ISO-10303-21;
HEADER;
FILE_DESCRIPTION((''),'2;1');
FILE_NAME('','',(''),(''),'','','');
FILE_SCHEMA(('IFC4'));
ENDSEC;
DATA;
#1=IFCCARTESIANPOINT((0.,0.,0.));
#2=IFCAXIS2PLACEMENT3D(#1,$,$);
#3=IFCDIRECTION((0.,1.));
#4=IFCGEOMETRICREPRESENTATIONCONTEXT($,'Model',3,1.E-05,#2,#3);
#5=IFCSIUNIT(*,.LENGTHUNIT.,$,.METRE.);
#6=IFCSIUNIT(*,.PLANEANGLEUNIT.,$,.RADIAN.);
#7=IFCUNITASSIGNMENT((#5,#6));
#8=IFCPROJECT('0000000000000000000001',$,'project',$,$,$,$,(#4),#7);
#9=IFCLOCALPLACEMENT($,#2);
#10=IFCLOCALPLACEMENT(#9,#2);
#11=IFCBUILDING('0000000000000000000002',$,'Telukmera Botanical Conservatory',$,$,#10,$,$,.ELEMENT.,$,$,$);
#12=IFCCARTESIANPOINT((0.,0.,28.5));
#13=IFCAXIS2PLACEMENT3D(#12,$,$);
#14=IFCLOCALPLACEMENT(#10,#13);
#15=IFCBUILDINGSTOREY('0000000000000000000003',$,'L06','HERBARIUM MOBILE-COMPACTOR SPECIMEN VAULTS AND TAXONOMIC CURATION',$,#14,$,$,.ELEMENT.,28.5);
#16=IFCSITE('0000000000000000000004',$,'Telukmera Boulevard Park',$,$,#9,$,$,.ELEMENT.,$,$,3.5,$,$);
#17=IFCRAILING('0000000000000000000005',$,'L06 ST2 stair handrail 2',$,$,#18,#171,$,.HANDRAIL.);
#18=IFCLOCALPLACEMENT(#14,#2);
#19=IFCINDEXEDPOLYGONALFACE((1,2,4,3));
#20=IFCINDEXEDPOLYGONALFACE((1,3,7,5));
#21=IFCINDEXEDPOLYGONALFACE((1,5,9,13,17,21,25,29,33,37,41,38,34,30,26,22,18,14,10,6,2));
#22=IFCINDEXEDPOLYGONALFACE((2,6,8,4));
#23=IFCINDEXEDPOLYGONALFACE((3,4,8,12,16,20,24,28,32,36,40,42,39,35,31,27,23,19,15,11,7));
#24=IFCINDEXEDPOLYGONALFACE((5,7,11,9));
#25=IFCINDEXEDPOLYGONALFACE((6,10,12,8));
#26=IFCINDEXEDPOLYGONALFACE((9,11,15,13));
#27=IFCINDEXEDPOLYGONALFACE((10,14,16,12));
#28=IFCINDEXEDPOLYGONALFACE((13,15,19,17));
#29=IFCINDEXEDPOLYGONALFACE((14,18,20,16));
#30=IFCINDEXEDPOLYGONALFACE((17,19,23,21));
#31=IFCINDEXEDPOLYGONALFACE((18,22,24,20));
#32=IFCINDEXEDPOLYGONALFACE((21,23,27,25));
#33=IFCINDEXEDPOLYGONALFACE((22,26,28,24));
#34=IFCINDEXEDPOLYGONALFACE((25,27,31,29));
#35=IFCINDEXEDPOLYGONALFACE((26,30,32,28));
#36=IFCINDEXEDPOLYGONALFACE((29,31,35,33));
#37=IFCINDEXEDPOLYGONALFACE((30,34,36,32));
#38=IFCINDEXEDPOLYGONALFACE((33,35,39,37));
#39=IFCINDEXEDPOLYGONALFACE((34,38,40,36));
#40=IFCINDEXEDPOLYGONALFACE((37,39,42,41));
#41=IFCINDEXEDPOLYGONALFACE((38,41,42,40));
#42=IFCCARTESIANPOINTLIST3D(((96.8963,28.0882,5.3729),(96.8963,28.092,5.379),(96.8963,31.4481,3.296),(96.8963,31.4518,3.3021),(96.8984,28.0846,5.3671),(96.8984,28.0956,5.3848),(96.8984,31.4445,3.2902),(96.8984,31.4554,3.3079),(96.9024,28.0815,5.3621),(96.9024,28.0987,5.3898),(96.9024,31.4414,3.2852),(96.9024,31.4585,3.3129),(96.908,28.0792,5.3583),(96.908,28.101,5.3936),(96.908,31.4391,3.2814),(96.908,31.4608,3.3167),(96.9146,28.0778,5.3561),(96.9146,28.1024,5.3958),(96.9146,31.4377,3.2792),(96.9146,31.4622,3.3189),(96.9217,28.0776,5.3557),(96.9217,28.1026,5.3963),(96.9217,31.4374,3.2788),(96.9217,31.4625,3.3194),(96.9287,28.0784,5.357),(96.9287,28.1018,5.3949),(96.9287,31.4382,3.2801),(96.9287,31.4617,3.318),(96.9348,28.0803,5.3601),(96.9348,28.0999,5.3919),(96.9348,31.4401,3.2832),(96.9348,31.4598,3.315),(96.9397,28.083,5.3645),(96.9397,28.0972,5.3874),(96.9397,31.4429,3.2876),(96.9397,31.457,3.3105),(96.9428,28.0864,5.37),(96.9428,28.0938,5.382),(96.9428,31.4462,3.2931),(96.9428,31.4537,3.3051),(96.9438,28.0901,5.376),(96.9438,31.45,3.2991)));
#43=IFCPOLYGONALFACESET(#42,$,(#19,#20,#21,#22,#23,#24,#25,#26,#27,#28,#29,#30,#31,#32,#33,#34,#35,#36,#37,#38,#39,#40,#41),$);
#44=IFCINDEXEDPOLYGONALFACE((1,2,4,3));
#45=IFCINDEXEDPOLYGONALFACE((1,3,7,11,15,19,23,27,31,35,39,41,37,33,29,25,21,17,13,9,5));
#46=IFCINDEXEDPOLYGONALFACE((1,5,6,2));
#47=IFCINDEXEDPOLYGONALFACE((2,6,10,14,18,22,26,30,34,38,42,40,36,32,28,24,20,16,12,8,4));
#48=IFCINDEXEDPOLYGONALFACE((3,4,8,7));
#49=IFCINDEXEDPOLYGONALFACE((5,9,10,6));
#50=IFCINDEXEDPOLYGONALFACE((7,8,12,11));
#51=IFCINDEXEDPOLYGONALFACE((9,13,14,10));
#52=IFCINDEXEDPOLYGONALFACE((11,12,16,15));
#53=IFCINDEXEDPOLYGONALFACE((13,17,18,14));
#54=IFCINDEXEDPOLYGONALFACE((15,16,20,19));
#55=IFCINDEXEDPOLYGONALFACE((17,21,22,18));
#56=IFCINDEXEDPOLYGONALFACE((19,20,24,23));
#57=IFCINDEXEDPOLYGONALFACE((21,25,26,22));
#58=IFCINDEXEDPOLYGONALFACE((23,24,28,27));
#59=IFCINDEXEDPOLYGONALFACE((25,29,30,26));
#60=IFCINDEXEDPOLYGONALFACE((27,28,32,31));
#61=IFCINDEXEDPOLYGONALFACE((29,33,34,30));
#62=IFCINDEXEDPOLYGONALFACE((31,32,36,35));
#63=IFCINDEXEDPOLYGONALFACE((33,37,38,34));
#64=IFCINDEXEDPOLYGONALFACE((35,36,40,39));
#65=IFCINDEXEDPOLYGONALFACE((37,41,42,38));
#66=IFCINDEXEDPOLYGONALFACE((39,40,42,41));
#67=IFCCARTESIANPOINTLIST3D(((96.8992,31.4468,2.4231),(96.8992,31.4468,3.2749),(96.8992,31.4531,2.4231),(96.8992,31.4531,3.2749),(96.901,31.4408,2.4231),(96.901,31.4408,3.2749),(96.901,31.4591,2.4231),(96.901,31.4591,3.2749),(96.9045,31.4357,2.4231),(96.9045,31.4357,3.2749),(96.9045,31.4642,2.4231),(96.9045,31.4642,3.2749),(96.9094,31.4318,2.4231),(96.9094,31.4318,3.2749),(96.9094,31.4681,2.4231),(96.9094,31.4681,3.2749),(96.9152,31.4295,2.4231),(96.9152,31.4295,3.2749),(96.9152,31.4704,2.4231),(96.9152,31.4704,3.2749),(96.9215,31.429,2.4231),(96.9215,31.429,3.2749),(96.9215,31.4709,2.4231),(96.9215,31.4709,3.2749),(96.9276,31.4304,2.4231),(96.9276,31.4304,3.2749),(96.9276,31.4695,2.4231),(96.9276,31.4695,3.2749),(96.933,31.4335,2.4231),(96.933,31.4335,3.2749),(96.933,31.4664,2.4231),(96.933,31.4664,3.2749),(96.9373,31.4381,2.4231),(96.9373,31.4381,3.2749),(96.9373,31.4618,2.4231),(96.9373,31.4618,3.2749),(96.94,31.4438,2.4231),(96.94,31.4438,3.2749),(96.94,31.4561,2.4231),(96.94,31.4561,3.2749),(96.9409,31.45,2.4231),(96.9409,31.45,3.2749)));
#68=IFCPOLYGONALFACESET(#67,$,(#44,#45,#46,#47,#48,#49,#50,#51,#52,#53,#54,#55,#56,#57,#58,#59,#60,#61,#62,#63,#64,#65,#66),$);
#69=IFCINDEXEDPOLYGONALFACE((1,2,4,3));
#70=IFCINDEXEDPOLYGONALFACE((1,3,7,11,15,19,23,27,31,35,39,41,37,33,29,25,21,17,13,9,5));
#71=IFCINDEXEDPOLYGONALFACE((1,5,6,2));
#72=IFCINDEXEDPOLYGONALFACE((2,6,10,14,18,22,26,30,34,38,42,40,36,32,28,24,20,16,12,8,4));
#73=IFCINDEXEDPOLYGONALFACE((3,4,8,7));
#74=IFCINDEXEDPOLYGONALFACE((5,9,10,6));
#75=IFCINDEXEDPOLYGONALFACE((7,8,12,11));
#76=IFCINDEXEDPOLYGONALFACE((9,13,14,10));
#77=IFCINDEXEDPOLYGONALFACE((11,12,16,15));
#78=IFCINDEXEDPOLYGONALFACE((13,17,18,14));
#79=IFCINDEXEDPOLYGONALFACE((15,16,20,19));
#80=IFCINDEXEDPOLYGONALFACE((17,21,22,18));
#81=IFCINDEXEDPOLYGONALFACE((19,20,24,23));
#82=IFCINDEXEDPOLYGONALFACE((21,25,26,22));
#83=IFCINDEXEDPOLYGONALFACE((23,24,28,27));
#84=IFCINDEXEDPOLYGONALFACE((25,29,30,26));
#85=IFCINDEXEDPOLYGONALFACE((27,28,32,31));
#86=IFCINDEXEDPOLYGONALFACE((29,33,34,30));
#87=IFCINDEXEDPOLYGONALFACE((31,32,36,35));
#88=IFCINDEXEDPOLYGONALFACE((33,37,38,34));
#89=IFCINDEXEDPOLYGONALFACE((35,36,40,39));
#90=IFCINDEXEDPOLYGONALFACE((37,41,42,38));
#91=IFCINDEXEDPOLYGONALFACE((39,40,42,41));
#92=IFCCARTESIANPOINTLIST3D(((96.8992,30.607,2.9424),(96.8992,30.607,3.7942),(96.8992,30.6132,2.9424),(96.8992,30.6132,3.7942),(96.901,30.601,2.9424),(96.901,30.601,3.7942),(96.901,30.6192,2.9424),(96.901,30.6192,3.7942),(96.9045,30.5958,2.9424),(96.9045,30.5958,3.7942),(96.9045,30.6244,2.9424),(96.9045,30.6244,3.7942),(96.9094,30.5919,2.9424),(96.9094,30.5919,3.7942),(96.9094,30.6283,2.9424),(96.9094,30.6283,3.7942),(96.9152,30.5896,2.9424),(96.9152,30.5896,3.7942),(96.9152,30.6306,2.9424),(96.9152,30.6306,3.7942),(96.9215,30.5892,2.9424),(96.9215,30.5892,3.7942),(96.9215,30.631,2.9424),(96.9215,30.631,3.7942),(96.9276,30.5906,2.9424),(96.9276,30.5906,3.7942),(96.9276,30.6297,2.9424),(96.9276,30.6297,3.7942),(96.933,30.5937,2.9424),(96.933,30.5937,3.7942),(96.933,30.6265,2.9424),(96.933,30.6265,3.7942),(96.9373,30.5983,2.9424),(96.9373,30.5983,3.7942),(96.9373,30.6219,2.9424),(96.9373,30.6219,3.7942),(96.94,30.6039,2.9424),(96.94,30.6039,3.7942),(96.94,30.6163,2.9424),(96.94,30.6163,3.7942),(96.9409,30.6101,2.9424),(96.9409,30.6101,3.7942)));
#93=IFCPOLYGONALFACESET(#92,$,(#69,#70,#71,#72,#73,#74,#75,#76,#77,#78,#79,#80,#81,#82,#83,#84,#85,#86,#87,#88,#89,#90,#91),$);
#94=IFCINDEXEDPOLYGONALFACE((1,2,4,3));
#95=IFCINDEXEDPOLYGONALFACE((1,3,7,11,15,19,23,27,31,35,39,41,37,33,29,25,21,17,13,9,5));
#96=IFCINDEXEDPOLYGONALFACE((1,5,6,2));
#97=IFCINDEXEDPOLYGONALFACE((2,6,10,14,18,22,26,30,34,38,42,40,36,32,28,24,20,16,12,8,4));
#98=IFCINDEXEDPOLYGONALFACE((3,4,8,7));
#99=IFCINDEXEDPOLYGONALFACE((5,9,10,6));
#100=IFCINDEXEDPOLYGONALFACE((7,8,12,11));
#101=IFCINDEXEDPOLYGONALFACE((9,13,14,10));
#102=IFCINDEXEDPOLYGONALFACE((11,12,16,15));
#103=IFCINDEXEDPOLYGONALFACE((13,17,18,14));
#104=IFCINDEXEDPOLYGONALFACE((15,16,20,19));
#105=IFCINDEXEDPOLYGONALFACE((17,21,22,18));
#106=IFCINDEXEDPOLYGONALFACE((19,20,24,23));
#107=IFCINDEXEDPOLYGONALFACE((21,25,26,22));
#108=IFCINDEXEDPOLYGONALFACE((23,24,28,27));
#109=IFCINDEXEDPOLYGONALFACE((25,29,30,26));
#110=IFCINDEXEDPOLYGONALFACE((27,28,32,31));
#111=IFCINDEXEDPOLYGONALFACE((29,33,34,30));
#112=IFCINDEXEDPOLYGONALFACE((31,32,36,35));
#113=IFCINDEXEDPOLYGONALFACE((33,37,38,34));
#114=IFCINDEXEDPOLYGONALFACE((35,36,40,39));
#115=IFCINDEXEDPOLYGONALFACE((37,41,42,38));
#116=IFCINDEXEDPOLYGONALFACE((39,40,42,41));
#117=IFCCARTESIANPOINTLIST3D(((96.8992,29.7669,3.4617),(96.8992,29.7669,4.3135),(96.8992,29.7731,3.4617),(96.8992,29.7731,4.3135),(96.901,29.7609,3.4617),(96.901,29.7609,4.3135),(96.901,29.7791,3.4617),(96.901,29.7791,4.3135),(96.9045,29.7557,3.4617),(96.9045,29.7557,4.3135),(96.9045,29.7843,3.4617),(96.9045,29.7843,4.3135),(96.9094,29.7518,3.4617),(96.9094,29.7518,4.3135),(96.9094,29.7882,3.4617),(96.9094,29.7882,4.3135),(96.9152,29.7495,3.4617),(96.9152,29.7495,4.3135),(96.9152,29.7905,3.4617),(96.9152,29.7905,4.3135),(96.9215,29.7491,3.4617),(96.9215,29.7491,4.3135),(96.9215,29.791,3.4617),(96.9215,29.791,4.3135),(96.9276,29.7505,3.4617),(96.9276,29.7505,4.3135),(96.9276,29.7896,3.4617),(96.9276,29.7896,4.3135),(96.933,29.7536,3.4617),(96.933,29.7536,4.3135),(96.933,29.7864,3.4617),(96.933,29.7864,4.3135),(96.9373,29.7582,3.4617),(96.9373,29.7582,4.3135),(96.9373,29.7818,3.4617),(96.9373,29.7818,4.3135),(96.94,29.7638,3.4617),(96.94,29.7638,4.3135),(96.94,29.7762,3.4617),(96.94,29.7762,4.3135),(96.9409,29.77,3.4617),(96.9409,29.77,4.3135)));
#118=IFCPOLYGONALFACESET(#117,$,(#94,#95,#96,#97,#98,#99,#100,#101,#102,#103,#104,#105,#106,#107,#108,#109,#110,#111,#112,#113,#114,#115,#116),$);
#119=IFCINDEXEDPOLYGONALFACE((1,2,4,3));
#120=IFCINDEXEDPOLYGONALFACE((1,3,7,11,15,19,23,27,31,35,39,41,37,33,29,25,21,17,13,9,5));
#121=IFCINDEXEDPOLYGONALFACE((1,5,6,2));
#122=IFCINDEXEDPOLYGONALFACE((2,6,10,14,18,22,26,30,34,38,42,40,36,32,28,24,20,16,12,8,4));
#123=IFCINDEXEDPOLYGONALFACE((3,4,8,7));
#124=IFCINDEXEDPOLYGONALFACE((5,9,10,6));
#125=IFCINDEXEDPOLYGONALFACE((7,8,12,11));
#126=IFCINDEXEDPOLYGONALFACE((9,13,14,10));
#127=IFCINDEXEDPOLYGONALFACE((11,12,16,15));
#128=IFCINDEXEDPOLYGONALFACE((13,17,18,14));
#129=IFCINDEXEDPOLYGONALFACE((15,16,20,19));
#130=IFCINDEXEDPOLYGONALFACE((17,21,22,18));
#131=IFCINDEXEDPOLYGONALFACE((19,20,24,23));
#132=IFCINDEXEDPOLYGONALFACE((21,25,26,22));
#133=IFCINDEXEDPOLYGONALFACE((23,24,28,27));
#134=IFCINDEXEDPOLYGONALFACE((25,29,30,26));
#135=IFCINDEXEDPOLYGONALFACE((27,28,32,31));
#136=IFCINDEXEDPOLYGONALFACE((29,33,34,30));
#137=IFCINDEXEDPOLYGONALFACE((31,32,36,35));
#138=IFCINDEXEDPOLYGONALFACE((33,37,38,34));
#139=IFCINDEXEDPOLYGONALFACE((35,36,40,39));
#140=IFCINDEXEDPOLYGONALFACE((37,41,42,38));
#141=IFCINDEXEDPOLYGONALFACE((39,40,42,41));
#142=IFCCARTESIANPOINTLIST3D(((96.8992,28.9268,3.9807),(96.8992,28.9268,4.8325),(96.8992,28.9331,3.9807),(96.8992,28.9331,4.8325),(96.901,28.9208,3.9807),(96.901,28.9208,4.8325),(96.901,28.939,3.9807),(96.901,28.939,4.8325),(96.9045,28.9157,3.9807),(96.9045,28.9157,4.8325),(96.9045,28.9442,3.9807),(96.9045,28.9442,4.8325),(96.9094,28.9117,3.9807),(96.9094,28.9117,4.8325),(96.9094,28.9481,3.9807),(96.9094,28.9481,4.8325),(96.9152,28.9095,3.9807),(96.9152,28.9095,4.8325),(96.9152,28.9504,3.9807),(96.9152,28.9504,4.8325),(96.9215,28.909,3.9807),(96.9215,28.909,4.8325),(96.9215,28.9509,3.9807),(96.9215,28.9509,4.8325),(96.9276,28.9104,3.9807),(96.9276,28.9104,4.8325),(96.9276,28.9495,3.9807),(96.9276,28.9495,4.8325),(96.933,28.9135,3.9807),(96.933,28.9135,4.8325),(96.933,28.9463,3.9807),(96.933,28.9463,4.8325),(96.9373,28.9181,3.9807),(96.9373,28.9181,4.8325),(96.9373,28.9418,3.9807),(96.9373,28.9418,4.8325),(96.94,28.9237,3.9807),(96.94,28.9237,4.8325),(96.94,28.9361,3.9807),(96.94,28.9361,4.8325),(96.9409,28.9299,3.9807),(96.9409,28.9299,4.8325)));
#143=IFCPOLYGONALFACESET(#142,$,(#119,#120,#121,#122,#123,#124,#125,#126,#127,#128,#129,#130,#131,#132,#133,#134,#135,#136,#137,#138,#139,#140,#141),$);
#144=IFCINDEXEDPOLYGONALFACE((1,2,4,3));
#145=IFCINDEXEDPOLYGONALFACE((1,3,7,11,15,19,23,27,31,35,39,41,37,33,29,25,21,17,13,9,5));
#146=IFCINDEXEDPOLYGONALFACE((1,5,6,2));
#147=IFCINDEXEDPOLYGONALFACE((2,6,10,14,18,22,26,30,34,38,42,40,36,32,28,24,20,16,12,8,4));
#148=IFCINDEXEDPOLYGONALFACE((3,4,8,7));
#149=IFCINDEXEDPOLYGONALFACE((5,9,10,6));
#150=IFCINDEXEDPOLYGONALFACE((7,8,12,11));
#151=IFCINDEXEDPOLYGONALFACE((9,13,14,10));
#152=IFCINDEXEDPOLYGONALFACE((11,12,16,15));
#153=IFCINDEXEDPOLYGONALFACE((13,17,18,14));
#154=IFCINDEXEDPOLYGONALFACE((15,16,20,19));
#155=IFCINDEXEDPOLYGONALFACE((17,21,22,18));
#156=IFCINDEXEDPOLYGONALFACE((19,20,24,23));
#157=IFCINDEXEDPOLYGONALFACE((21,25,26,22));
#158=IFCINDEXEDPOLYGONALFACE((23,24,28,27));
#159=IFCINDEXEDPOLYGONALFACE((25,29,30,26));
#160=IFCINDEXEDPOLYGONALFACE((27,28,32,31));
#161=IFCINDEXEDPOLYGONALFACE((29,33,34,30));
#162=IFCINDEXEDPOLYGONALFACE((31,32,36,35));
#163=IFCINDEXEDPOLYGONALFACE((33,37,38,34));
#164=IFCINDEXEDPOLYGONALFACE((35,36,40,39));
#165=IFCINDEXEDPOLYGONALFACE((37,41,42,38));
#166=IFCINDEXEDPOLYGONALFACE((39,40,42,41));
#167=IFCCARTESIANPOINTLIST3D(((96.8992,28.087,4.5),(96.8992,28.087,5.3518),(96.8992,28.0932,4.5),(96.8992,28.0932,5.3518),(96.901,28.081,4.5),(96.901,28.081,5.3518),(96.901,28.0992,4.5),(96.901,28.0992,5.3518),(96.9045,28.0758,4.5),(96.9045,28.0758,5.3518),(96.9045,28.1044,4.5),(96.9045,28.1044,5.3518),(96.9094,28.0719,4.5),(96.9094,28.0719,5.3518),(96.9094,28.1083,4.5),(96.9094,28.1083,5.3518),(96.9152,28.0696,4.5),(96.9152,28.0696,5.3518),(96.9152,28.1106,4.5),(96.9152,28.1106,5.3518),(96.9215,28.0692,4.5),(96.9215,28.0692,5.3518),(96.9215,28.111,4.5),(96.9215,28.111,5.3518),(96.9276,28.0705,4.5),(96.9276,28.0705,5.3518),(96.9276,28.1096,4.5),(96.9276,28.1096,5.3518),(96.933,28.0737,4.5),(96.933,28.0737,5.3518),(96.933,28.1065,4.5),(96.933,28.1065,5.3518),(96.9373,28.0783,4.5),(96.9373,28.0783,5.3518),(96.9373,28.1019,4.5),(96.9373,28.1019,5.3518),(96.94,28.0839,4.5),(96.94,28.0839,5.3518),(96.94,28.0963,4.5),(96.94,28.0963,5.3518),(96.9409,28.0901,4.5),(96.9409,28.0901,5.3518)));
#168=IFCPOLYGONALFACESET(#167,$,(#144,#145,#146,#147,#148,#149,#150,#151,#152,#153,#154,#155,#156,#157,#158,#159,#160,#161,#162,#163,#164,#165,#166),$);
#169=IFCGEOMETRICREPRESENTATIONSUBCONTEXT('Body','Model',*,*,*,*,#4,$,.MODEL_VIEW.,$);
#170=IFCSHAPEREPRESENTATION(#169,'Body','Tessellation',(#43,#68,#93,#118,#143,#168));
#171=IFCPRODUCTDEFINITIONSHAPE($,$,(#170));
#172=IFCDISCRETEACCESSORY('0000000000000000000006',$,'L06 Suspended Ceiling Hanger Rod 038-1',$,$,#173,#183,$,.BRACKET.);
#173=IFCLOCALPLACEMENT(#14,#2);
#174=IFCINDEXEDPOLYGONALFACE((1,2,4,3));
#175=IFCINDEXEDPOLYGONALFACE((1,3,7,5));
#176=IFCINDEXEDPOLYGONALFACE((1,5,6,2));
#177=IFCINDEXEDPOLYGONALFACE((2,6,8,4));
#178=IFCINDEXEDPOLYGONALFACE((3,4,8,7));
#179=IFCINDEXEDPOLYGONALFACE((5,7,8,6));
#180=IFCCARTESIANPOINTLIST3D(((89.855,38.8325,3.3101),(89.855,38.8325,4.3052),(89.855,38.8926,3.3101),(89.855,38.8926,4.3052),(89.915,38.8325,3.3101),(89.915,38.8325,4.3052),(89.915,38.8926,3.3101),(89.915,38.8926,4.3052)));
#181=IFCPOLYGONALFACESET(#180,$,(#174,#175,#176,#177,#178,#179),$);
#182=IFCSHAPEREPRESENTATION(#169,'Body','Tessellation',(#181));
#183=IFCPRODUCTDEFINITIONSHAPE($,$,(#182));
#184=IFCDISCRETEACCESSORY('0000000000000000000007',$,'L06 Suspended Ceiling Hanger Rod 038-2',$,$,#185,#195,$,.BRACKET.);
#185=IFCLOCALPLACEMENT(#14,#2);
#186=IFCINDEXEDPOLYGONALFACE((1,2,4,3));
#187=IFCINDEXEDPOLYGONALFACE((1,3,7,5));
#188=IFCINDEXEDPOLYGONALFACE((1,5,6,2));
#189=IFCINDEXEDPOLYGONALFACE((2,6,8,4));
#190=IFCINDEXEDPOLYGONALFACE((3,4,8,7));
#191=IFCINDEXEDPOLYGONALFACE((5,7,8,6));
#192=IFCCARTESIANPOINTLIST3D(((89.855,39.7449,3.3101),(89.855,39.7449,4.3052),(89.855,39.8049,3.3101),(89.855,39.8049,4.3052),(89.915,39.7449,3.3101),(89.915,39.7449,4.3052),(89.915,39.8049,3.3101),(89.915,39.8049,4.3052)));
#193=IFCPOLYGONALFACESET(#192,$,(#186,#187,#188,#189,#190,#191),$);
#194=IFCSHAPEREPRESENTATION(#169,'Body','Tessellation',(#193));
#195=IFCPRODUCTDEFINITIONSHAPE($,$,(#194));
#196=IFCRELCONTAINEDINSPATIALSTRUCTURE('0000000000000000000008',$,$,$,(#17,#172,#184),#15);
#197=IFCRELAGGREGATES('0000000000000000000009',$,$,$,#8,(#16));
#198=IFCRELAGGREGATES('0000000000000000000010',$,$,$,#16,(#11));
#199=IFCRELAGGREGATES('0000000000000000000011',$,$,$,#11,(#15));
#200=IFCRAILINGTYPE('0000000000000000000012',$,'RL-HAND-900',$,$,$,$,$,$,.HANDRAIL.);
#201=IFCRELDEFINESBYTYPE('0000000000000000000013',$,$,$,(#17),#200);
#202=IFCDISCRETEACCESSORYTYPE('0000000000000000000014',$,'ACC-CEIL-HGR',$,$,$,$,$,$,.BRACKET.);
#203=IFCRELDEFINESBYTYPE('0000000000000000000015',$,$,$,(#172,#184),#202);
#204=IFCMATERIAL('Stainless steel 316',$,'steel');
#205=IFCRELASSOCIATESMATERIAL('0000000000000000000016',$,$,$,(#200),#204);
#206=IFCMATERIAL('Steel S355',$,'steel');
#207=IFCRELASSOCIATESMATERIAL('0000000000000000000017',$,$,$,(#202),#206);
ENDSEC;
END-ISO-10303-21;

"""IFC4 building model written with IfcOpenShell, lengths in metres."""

from ifc_helpers import new_model, si_unit, direction, frame, origin, origin_2d, place, context, subcontext, project, spatial, rectangle, circle, extrude, material, type_object, element, save


model = new_model("IFC4")

# Units and contexts
model_context = context("Model", 3, precision=1e-05, world=origin(), true_north=direction((0.0, 1.0)))
body_context = subcontext(model_context, "Body", "Model", "MODEL_VIEW")
ifc_project = project(units=[si_unit("LENGTHUNIT", "METRE"), si_unit("PLANEANGLEUNIT", "RADIAN")], contexts=[model_context])

# Site, building, storey
site_placement = place(None, origin())
site = spatial("IfcSite", under=ifc_project, at=site_placement, Name="Telukmera Boulevard Park", CompositionType="ELEMENT", RefElevation=3.5)
building_placement = place(site_placement, origin())
building = spatial("IfcBuilding", under=site, at=building_placement, Name="Telukmera Botanical Conservatory", CompositionType="ELEMENT")
storey_placement = place(building_placement, frame((0.0, 0.0, 28.5)))
storey = spatial("IfcBuildingStorey", under=building, at=storey_placement, Name="L06", Description="HERBARIUM MOBILE-COMPACTOR SPECIMEN VAULTS AND TAXONOMIC CURATION", CompositionType="ELEMENT", Elevation=28.5)

# Shared definitions
ifc_material_1 = material(Name="Stainless steel 316", Category="steel")

# Railing
ifc_material_2 = material(Name="Steel S355", Category="steel")
railing_type_1 = type_object("IfcRailingType", Name="RL-HAND-900", PredefinedType="HANDRAIL", material=ifc_material_1)
railing_1_placement = place(storey_placement, frame((96.9199, 31.45, 2.4231)))
element("IfcRailing", 1, at=railing_1_placement, inside=storey, type_object=railing_type_1, Name="L06 ST2 stair handrail 2", PredefinedType="HANDRAIL", context=body_context, shape_type="SweptSolid", body=[
    extrude(circle(Radius=0.0239, at=origin_2d()), frame((0.0, 0.0, 0.876), z_axis=(0.0, -0.850606, 0.525803), x_axis=(1.0, 0.0, 0.0)), (0.0, 0.0, 1.0), 3.95),
    extrude(circle(Radius=0.021, at=origin_2d()), origin(), (0.0, 0.0, 1.0), 0.8518),
    extrude(circle(Radius=0.021, at=origin_2d()), frame((0.0, -0.8398, 0.5193)), (0.0, 0.0, 1.0), 0.8518),
    extrude(circle(Radius=0.021, at=origin_2d()), frame((0.0, -1.6799, 1.0386)), (0.0, 0.0, 1.0), 0.8518),
    extrude(circle(Radius=0.021, at=origin_2d()), frame((0.0, -2.52, 1.5576)), (0.0, 0.0, 1.0), 0.8518),
    extrude(circle(Radius=0.021, at=origin_2d()), frame((0.0, -3.3599, 2.0769)), (0.0, 0.0, 1.0), 0.8518),
])

# Discrete accessories
discrete_accessory_type = type_object("IfcDiscreteAccessoryType", Name="ACC-CEIL-HGR", PredefinedType="BRACKET", material=ifc_material_2)
for number, where, z_axis, x_axis, name in (
    (2, (89.885, 38.8625, 3.3101), (0.0, 0.0, 1.0), (1.0, 0.0, 0.0), "L06 Suspended Ceiling Hanger Rod 038-1"),
    (3, (89.885, 39.7749, 3.3101), (0.0, 0.0, 1.0), (1.0, 0.0, 0.0), "L06 Suspended Ceiling Hanger Rod 038-2"),
):
    element("IfcDiscreteAccessory", number, at=place(storey_placement, frame(where, z_axis=z_axis, x_axis=x_axis)), inside=storey, type_object=discrete_accessory_type, Name=name, PredefinedType="BRACKET", context=body_context, shape_type="SweptSolid", body=[
        extrude(rectangle(XDim=0.0601, YDim=0.0601, at=origin_2d()), origin(), (0.0, 0.0, 1.0), 0.9951),
    ])

save(model, "model.ifc")
